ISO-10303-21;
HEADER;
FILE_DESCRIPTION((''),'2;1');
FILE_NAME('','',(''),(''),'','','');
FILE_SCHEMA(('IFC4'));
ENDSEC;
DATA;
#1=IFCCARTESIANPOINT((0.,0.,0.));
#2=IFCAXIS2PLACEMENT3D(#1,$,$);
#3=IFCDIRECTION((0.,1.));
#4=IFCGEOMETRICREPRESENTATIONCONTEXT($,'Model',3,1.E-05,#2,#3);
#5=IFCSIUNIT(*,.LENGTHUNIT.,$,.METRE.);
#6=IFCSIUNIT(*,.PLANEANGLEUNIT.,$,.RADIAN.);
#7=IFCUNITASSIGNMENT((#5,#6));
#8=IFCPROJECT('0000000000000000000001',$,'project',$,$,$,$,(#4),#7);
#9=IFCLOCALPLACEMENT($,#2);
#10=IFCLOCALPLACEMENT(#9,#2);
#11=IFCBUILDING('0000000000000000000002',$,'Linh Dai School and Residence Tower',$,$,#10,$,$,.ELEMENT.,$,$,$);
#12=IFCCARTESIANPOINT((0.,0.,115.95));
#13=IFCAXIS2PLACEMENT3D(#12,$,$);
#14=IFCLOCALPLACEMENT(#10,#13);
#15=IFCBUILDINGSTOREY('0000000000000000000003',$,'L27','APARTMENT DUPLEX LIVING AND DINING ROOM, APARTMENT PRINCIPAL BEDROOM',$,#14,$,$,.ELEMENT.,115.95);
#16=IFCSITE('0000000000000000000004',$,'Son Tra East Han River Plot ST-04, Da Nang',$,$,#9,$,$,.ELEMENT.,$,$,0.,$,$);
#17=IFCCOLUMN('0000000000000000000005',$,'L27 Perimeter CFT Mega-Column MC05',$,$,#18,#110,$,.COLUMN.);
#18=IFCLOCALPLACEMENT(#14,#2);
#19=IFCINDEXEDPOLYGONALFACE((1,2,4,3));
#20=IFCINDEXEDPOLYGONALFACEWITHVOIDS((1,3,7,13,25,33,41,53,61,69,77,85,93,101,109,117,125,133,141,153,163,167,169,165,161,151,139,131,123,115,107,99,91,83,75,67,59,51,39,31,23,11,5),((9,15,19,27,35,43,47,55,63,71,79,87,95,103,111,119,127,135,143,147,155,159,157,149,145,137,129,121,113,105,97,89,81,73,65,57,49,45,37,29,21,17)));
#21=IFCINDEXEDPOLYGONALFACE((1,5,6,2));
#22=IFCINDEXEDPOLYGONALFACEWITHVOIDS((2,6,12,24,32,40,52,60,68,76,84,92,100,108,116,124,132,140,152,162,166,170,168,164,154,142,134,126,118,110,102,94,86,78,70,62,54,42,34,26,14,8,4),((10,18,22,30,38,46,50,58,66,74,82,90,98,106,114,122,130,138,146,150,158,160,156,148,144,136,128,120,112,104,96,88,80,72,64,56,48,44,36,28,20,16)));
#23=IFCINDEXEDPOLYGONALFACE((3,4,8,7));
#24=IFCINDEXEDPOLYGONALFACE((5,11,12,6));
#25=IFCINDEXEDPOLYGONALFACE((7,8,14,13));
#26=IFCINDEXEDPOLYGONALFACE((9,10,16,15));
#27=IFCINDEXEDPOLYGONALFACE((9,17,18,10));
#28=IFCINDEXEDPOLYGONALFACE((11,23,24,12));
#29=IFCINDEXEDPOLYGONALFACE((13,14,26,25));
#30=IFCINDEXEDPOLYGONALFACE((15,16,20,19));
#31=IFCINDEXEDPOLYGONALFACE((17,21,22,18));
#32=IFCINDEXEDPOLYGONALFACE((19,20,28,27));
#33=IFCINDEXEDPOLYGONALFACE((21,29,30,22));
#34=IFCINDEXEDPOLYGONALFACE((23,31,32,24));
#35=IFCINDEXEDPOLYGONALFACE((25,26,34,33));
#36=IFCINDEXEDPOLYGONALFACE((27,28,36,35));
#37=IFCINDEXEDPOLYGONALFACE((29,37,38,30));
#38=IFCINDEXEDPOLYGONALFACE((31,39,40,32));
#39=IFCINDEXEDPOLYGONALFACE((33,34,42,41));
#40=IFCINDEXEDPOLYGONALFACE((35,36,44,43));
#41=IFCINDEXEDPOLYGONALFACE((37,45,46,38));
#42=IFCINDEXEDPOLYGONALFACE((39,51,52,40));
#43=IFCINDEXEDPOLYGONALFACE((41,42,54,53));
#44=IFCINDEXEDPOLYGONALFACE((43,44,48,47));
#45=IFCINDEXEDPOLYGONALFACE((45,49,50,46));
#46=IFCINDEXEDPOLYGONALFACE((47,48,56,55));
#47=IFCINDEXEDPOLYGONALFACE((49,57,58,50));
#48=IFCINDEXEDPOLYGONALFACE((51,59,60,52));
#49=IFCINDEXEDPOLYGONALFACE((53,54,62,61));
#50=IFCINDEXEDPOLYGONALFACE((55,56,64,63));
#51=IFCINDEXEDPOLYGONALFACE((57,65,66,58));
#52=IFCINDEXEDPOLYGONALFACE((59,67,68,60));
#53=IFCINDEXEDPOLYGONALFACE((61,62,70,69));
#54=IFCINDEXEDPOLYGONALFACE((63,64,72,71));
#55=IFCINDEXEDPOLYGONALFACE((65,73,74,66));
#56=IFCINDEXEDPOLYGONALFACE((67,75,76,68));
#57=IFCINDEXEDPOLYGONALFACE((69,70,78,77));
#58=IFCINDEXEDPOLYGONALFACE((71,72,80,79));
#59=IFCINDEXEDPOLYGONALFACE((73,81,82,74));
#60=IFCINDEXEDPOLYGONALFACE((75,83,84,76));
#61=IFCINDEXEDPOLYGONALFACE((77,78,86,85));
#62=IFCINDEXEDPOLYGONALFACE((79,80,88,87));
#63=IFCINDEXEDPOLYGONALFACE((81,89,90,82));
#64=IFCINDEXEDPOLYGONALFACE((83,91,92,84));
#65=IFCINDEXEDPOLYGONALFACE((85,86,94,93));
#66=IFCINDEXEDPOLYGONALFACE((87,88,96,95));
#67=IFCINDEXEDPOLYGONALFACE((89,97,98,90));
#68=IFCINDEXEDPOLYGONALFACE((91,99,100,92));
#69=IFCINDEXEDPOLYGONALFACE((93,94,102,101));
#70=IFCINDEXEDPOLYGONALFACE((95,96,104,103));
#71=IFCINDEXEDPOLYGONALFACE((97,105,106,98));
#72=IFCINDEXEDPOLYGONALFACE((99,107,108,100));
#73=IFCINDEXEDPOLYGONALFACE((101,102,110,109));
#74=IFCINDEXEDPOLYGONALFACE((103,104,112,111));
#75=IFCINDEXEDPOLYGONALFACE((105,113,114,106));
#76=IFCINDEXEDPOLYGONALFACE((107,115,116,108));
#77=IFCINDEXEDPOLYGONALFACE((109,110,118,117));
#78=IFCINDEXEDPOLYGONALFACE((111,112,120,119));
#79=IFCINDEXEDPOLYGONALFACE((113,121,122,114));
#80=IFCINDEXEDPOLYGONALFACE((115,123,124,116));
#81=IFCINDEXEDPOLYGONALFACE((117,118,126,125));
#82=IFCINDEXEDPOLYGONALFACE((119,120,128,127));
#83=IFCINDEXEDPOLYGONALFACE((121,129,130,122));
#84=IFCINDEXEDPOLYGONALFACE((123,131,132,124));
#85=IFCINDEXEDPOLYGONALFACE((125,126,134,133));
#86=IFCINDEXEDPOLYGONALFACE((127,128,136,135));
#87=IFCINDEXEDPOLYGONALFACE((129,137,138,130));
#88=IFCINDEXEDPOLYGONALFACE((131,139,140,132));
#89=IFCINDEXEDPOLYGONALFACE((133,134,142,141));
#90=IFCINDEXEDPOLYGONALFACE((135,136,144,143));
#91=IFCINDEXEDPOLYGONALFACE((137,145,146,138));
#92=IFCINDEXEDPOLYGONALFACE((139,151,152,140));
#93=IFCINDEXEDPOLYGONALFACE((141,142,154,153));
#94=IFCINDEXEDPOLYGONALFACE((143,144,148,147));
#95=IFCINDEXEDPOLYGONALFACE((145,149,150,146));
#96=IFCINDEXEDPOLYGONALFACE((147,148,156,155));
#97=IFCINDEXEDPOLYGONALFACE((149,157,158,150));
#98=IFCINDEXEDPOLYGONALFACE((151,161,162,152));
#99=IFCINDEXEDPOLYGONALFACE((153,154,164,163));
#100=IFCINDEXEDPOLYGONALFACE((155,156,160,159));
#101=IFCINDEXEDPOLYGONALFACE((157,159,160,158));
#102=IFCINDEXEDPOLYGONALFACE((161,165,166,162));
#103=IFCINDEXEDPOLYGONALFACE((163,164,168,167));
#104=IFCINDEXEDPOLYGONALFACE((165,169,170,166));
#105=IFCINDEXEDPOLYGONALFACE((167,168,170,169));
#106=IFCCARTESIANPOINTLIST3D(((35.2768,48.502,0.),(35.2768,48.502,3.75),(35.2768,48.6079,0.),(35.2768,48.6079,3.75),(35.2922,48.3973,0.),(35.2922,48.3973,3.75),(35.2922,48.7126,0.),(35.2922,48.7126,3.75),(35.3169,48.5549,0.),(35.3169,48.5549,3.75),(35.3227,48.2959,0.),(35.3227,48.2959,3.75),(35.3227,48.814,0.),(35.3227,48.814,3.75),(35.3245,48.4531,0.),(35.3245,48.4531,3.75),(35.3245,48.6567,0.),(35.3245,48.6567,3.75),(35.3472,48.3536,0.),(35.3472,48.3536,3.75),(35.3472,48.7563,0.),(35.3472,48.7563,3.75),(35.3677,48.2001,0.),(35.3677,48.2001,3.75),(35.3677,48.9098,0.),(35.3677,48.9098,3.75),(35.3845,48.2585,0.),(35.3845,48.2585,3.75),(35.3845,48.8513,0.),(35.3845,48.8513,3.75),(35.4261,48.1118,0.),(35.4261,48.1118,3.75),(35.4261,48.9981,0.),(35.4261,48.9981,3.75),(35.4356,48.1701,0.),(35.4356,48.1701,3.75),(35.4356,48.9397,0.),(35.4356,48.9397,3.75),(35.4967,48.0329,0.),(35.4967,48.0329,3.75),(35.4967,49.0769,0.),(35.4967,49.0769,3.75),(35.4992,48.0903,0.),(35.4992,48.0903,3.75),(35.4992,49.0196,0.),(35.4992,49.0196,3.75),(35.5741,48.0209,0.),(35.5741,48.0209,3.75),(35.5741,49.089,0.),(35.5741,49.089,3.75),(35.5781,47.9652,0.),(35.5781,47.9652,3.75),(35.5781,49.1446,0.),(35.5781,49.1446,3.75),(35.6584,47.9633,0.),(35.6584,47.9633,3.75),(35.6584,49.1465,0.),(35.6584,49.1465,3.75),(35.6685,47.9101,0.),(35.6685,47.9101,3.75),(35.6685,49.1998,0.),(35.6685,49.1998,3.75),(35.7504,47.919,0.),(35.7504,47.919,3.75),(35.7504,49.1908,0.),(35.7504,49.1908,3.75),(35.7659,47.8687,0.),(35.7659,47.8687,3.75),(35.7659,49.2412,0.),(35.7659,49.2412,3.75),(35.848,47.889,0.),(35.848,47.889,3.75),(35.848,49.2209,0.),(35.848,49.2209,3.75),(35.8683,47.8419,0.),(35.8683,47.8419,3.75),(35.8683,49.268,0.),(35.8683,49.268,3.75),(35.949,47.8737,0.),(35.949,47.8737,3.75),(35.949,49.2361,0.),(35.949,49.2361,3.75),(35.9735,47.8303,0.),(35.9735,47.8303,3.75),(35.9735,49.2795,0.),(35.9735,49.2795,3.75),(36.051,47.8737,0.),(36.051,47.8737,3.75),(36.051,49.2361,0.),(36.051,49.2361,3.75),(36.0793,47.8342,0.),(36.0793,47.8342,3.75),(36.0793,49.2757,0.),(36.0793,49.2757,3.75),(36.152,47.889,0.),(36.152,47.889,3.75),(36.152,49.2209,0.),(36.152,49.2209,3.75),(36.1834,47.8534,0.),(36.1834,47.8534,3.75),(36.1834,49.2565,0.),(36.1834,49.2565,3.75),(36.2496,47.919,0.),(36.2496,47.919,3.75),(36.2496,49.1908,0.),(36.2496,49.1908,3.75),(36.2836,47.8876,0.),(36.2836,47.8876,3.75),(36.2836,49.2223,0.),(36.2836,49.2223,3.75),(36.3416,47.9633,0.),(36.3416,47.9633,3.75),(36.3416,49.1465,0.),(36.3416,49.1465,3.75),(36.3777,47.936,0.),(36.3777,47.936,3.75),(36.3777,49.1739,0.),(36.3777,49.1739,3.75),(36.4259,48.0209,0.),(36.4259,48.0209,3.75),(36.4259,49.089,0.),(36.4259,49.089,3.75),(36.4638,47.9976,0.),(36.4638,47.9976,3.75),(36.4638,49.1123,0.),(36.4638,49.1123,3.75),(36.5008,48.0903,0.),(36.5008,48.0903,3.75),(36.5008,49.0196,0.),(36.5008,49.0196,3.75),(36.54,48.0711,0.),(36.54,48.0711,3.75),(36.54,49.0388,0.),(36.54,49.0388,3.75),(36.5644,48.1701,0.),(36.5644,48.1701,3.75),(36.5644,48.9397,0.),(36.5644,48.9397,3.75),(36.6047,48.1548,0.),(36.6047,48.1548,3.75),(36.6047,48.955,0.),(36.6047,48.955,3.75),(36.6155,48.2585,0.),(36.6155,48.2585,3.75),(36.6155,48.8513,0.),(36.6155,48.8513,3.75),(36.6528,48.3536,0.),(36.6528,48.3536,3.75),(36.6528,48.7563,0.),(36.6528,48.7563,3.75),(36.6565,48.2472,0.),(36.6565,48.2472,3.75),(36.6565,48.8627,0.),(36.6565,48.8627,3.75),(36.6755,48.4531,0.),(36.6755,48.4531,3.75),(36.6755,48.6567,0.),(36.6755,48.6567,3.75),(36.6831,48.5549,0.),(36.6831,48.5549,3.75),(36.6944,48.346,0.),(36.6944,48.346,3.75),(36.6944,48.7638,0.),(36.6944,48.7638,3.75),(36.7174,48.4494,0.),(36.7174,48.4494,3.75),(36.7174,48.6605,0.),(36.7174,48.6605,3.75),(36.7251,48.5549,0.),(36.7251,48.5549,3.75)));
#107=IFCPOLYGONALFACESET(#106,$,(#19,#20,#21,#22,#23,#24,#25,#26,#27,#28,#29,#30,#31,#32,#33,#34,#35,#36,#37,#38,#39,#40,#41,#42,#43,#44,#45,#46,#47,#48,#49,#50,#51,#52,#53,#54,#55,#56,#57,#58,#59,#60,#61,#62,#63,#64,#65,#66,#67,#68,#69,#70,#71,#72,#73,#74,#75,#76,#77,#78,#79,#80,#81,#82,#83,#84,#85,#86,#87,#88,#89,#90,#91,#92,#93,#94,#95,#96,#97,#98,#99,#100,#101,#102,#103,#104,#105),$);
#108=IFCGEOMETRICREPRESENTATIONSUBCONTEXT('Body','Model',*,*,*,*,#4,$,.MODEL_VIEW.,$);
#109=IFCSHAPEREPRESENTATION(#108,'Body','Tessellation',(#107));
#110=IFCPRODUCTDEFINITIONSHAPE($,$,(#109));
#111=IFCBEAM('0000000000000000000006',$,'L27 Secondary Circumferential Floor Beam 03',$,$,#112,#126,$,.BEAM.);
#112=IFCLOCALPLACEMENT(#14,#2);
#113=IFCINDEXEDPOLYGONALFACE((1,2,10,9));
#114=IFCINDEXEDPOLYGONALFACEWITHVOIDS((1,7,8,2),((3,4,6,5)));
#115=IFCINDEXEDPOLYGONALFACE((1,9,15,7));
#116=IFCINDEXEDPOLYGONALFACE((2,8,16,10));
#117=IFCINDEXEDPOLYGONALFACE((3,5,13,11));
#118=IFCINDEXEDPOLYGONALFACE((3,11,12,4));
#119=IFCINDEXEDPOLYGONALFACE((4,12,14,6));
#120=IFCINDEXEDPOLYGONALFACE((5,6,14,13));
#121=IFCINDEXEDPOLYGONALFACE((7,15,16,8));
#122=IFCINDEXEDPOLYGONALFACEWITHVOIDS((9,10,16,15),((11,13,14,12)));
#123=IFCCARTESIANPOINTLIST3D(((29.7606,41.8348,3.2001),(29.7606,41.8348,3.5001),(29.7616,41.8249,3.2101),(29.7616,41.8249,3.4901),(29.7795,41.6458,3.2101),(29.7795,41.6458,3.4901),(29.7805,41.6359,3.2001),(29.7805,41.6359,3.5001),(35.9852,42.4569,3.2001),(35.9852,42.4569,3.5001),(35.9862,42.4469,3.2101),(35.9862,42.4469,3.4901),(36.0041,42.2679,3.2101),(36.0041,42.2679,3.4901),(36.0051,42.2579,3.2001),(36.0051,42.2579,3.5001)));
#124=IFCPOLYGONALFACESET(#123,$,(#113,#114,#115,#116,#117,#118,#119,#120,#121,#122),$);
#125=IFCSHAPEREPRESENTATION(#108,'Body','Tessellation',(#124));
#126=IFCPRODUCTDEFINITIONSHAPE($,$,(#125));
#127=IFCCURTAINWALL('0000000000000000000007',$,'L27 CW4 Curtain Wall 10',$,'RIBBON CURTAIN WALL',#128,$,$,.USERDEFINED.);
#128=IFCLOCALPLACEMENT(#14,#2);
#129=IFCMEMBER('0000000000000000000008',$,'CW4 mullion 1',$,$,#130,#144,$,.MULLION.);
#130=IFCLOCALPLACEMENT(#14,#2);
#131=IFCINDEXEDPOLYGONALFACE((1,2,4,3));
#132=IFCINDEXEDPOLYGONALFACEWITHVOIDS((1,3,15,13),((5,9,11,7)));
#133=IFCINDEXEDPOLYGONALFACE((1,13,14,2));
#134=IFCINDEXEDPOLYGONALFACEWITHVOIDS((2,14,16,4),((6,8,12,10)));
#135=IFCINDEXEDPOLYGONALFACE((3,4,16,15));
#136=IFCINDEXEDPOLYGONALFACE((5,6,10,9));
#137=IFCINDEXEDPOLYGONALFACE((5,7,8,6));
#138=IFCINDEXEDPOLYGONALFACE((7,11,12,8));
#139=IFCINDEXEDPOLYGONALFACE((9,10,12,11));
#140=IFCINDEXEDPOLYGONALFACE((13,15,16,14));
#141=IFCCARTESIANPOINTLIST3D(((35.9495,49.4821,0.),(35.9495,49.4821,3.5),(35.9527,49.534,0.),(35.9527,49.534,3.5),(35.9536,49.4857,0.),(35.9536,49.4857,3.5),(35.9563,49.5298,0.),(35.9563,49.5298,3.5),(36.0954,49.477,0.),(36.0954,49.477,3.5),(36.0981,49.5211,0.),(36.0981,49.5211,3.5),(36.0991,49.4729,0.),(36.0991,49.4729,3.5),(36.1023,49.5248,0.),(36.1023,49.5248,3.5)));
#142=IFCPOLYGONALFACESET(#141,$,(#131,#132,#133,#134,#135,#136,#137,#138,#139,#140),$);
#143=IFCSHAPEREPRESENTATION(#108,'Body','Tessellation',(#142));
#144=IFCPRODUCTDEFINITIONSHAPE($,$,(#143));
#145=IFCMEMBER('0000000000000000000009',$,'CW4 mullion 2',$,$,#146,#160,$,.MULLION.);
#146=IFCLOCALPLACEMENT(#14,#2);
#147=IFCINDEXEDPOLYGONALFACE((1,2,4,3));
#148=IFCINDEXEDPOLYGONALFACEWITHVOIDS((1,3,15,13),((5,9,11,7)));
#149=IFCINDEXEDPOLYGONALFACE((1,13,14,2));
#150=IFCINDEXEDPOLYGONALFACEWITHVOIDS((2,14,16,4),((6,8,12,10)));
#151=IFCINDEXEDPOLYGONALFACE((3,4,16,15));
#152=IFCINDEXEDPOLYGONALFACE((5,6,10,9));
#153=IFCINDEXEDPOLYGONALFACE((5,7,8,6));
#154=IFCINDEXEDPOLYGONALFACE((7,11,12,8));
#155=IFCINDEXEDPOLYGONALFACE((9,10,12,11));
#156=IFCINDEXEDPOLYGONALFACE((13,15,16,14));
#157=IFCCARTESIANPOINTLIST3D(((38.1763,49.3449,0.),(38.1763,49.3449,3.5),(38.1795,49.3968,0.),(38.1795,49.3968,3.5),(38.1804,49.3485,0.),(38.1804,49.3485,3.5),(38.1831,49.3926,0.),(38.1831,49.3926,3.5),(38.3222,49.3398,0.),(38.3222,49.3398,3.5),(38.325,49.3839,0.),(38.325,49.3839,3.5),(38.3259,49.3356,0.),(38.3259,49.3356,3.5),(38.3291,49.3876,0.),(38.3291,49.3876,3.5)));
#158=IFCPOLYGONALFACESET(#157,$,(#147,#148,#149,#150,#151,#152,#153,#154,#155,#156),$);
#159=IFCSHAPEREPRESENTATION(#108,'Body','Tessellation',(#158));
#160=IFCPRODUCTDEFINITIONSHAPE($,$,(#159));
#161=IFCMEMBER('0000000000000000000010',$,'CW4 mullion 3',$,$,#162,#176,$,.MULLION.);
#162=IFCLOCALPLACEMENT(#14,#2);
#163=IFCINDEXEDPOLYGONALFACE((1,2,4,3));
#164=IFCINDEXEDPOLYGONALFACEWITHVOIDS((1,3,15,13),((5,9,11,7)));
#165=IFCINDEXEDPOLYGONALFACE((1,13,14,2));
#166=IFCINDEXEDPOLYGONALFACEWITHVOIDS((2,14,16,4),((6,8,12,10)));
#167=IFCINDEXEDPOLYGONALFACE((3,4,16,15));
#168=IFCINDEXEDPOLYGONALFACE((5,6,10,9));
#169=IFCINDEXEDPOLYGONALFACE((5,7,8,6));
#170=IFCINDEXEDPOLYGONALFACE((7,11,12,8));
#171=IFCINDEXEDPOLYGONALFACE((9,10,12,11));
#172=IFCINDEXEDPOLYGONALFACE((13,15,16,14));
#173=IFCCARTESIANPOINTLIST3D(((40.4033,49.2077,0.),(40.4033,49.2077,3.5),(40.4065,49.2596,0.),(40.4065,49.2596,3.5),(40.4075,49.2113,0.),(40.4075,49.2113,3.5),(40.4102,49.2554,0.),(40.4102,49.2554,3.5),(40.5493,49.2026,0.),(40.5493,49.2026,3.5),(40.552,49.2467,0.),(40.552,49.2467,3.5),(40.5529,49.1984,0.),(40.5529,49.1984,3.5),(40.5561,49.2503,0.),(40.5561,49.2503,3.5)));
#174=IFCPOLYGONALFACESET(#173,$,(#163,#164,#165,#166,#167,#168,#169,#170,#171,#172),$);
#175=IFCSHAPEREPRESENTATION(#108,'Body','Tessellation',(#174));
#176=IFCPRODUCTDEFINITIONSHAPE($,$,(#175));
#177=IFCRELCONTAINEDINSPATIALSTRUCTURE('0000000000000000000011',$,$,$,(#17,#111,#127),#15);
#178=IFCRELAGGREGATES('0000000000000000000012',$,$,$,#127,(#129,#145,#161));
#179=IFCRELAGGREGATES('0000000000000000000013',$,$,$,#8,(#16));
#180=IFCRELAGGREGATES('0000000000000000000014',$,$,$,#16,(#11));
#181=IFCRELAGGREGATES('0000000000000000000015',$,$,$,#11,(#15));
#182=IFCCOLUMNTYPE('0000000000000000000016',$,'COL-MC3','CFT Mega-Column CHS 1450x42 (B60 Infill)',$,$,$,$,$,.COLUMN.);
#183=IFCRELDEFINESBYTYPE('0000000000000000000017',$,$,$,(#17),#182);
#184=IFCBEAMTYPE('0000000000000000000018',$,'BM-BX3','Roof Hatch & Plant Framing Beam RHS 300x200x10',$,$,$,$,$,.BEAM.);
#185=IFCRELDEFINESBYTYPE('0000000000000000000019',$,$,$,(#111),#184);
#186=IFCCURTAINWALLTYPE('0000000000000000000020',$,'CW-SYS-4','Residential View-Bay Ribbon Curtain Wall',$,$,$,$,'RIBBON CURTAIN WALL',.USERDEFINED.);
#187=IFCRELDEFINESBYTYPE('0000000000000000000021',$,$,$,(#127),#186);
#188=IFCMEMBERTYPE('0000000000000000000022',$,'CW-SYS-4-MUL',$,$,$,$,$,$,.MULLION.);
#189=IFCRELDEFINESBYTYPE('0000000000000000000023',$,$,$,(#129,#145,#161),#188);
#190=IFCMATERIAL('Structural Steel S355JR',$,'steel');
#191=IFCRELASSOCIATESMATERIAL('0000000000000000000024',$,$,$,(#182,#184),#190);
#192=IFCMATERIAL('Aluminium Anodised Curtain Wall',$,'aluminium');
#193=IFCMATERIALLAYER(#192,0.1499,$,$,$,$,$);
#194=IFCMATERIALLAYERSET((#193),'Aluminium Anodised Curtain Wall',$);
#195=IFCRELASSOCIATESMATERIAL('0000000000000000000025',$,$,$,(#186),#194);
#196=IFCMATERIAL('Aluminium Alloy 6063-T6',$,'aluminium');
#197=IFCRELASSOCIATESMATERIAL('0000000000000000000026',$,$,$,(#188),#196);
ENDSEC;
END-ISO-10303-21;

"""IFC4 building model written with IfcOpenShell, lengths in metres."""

from ifc_helpers import new_model, si_unit, direction, frame, origin, origin_2d, place, context, subcontext, project, spatial, hollow_rectangle, hollow_circle, extrude, source, transform, mapped, material, layer, layer_set, material_profile, profile_set, type_object, element, aggregate, save


model = new_model("IFC4")

# Units and contexts
model_context = context("Model", 3, precision=1e-05, world=origin(), true_north=direction((0.0, 1.0)))
body_context = subcontext(model_context, "Body", "Model", "MODEL_VIEW")
ifc_project = project(units=[si_unit("LENGTHUNIT", "METRE"), si_unit("PLANEANGLEUNIT", "RADIAN")], contexts=[model_context])

# Site, building, storey
site_placement = place(None, origin())
site = spatial("IfcSite", under=ifc_project, at=site_placement, Name="Son Tra East Han River Plot ST-04, Da Nang", CompositionType="ELEMENT", RefElevation=0.0)
building_placement = place(site_placement, origin())
building = spatial("IfcBuilding", under=site, at=building_placement, Name="Linh Dai School and Residence Tower", CompositionType="ELEMENT")
storey_placement = place(building_placement, frame((0.0, 0.0, 115.95)))
storey = spatial("IfcBuildingStorey", under=building, at=storey_placement, Name="L27", Description="APARTMENT DUPLEX LIVING AND DINING ROOM, APARTMENT PRINCIPAL BEDROOM", CompositionType="ELEMENT", Elevation=115.95)

# Column
ifc_material_1 = material(Name="Structural Steel S355JR", Category="steel")
ifc_material_profile_1 = material_profile(ifc_material_1, hollow_circle(Radius=0.7251, WallThickness=0.042, at=origin_2d()), Name="CHS 1450x42")
ifc_profile_set_1 = profile_set([ifc_material_profile_1], Name="Structural Steel S355JR")
column_type = type_object("IfcColumnType", Name="COL-MC3", Description="CFT Mega-Column CHS 1450x42 (B60 Infill)", PredefinedType="COLUMN", material=ifc_profile_set_1)
column_placement = place(storey_placement, frame((36.0, 48.5549, 0.0), z_axis=(0.0, 0.0, 1.0), x_axis=(1.0, 0.0, 0.0)))
element("IfcColumn", 1, at=column_placement, inside=storey, type_object=column_type, Name="L27 Perimeter CFT Mega-Column MC05", PredefinedType="COLUMN", context=body_context, shape_type="SweptSolid", body=[
    extrude(hollow_circle(Radius=0.7251, WallThickness=0.042, at=origin_2d()), origin(), (0.0, 0.0, 1.0), 3.75),
])

# Beam
ifc_material_profile_2 = material_profile(ifc_material_1, hollow_rectangle(XDim=0.2, YDim=0.3, WallThickness=0.01, at=origin_2d()), Name="RHS 300x200x10")
ifc_profile_set_2 = profile_set([ifc_material_profile_2], Name="Structural Steel S355JR")
beam_type = type_object("IfcBeamType", Name="BM-BX3", Description="Roof Hatch & Plant Framing Beam RHS 300x200x10", PredefinedType="BEAM", material=ifc_profile_set_2)
beam_placement = place(storey_placement, frame((35.9951, 42.3574, 3.3501), z_axis=(-0.995043, -0.099442, 0.0), x_axis=(0.099442, -0.995043, 0.0)))
element("IfcBeam", 2, at=beam_placement, inside=storey, type_object=beam_type, Name="L27 Secondary Circumferential Floor Beam 03", PredefinedType="BEAM", context=body_context, shape_type="SweptSolid", body=[
    extrude(hollow_rectangle(XDim=0.2, YDim=0.3, WallThickness=0.01, at=origin_2d()), origin(), (0.0, 0.0, 1.0), 6.2556),
])

# Curtain wall, members
ifc_material_2 = material(Name="Aluminium Anodised Curtain Wall", Category="aluminium")
ifc_layer_1 = layer(ifc_material_2, 0.1499)
ifc_layer_set_1 = layer_set([ifc_layer_1], Name="Aluminium Anodised Curtain Wall")
curtain_wall_type = type_object("IfcCurtainWallType", Name="CW-SYS-4", Description="Residential View-Bay Ribbon Curtain Wall", ElementType="RIBBON CURTAIN WALL", PredefinedType="USERDEFINED", material=ifc_layer_set_1)
curtain_wall_placement = place(storey_placement, origin())
curtain_wall = element("IfcCurtainWall", 3, at=curtain_wall_placement, inside=storey, type_object=curtain_wall_type, Name="L27 CW4 Curtain Wall 10", ObjectType="RIBBON CURTAIN WALL", PredefinedType="USERDEFINED")
ifc_material_3 = material(Name="Aluminium Alloy 6063-T6", Category="aluminium")
ifc_material_profile_3 = material_profile(ifc_material_3, hollow_rectangle(XDim=0.052, YDim=0.1499, WallThickness=0.0039, at=origin_2d()), Name="RHS 150x52x4")
ifc_profile_set_3 = profile_set([ifc_material_profile_3], Name="Aluminium Alloy 6063-T6")
member_type_1 = type_object("IfcMemberType", Name="CW-SYS-4-MUL", PredefinedType="MULLION", material=ifc_profile_set_3)
shared_shape_1 = source(origin(), body_context, "Body", "SweptSolid", [
    extrude(hollow_rectangle(XDim=0.052, YDim=0.1499, WallThickness=0.0039, at=origin_2d()), origin(), (0.0, 0.0, 1.0), 3.5),
])
member_1_placement = place(storey_placement, frame((36.0259, 49.5034, 0.0), z_axis=(0.0, 0.0, 1.0), x_axis=(0.061509, 0.998107, 0.0)))
member_1 = element("IfcMember", 4, at=member_1_placement, type_object=member_type_1, Name="CW4 mullion 1", PredefinedType="MULLION", context=body_context, shape_type="MappedRepresentation", body=[
    mapped(shared_shape_1, transform((0.0, 0.0, 0.0), x_axis=(1.0, 0.0, 0.0), y_axis=(0.0, 1.0, 0.0), z_axis=(0.0, 0.0, 1.0), scale=1.0)),
])
member_2_placement = place(storey_placement, frame((38.2527, 49.3662, 0.0), z_axis=(0.0, 0.0, 1.0), x_axis=(0.061509, 0.998107, 0.0)))
member_2 = element("IfcMember", 5, at=member_2_placement, type_object=member_type_1, Name="CW4 mullion 2", PredefinedType="MULLION", context=body_context, shape_type="MappedRepresentation", body=[
    mapped(shared_shape_1, transform((0.0, 0.0, 0.0), x_axis=(1.0, 0.0, 0.0), y_axis=(0.0, 1.0, 0.0), z_axis=(0.0, 0.0, 1.0), scale=1.0)),
])
member_3_placement = place(storey_placement, frame((40.4797, 49.229, 0.0), z_axis=(0.0, 0.0, 1.0), x_axis=(0.061509, 0.998107, 0.0)))
member_3 = element("IfcMember", 6, at=member_3_placement, type_object=member_type_1, Name="CW4 mullion 3", PredefinedType="MULLION", context=body_context, shape_type="MappedRepresentation", body=[
    mapped(shared_shape_1, transform((0.0, 0.0, 0.0), x_axis=(1.0, 0.0, 0.0), y_axis=(0.0, 1.0, 0.0), z_axis=(0.0, 0.0, 1.0), scale=1.0)),
])

aggregate(curtain_wall, [member_1, member_2, member_3])

save(model, "model.ifc")
